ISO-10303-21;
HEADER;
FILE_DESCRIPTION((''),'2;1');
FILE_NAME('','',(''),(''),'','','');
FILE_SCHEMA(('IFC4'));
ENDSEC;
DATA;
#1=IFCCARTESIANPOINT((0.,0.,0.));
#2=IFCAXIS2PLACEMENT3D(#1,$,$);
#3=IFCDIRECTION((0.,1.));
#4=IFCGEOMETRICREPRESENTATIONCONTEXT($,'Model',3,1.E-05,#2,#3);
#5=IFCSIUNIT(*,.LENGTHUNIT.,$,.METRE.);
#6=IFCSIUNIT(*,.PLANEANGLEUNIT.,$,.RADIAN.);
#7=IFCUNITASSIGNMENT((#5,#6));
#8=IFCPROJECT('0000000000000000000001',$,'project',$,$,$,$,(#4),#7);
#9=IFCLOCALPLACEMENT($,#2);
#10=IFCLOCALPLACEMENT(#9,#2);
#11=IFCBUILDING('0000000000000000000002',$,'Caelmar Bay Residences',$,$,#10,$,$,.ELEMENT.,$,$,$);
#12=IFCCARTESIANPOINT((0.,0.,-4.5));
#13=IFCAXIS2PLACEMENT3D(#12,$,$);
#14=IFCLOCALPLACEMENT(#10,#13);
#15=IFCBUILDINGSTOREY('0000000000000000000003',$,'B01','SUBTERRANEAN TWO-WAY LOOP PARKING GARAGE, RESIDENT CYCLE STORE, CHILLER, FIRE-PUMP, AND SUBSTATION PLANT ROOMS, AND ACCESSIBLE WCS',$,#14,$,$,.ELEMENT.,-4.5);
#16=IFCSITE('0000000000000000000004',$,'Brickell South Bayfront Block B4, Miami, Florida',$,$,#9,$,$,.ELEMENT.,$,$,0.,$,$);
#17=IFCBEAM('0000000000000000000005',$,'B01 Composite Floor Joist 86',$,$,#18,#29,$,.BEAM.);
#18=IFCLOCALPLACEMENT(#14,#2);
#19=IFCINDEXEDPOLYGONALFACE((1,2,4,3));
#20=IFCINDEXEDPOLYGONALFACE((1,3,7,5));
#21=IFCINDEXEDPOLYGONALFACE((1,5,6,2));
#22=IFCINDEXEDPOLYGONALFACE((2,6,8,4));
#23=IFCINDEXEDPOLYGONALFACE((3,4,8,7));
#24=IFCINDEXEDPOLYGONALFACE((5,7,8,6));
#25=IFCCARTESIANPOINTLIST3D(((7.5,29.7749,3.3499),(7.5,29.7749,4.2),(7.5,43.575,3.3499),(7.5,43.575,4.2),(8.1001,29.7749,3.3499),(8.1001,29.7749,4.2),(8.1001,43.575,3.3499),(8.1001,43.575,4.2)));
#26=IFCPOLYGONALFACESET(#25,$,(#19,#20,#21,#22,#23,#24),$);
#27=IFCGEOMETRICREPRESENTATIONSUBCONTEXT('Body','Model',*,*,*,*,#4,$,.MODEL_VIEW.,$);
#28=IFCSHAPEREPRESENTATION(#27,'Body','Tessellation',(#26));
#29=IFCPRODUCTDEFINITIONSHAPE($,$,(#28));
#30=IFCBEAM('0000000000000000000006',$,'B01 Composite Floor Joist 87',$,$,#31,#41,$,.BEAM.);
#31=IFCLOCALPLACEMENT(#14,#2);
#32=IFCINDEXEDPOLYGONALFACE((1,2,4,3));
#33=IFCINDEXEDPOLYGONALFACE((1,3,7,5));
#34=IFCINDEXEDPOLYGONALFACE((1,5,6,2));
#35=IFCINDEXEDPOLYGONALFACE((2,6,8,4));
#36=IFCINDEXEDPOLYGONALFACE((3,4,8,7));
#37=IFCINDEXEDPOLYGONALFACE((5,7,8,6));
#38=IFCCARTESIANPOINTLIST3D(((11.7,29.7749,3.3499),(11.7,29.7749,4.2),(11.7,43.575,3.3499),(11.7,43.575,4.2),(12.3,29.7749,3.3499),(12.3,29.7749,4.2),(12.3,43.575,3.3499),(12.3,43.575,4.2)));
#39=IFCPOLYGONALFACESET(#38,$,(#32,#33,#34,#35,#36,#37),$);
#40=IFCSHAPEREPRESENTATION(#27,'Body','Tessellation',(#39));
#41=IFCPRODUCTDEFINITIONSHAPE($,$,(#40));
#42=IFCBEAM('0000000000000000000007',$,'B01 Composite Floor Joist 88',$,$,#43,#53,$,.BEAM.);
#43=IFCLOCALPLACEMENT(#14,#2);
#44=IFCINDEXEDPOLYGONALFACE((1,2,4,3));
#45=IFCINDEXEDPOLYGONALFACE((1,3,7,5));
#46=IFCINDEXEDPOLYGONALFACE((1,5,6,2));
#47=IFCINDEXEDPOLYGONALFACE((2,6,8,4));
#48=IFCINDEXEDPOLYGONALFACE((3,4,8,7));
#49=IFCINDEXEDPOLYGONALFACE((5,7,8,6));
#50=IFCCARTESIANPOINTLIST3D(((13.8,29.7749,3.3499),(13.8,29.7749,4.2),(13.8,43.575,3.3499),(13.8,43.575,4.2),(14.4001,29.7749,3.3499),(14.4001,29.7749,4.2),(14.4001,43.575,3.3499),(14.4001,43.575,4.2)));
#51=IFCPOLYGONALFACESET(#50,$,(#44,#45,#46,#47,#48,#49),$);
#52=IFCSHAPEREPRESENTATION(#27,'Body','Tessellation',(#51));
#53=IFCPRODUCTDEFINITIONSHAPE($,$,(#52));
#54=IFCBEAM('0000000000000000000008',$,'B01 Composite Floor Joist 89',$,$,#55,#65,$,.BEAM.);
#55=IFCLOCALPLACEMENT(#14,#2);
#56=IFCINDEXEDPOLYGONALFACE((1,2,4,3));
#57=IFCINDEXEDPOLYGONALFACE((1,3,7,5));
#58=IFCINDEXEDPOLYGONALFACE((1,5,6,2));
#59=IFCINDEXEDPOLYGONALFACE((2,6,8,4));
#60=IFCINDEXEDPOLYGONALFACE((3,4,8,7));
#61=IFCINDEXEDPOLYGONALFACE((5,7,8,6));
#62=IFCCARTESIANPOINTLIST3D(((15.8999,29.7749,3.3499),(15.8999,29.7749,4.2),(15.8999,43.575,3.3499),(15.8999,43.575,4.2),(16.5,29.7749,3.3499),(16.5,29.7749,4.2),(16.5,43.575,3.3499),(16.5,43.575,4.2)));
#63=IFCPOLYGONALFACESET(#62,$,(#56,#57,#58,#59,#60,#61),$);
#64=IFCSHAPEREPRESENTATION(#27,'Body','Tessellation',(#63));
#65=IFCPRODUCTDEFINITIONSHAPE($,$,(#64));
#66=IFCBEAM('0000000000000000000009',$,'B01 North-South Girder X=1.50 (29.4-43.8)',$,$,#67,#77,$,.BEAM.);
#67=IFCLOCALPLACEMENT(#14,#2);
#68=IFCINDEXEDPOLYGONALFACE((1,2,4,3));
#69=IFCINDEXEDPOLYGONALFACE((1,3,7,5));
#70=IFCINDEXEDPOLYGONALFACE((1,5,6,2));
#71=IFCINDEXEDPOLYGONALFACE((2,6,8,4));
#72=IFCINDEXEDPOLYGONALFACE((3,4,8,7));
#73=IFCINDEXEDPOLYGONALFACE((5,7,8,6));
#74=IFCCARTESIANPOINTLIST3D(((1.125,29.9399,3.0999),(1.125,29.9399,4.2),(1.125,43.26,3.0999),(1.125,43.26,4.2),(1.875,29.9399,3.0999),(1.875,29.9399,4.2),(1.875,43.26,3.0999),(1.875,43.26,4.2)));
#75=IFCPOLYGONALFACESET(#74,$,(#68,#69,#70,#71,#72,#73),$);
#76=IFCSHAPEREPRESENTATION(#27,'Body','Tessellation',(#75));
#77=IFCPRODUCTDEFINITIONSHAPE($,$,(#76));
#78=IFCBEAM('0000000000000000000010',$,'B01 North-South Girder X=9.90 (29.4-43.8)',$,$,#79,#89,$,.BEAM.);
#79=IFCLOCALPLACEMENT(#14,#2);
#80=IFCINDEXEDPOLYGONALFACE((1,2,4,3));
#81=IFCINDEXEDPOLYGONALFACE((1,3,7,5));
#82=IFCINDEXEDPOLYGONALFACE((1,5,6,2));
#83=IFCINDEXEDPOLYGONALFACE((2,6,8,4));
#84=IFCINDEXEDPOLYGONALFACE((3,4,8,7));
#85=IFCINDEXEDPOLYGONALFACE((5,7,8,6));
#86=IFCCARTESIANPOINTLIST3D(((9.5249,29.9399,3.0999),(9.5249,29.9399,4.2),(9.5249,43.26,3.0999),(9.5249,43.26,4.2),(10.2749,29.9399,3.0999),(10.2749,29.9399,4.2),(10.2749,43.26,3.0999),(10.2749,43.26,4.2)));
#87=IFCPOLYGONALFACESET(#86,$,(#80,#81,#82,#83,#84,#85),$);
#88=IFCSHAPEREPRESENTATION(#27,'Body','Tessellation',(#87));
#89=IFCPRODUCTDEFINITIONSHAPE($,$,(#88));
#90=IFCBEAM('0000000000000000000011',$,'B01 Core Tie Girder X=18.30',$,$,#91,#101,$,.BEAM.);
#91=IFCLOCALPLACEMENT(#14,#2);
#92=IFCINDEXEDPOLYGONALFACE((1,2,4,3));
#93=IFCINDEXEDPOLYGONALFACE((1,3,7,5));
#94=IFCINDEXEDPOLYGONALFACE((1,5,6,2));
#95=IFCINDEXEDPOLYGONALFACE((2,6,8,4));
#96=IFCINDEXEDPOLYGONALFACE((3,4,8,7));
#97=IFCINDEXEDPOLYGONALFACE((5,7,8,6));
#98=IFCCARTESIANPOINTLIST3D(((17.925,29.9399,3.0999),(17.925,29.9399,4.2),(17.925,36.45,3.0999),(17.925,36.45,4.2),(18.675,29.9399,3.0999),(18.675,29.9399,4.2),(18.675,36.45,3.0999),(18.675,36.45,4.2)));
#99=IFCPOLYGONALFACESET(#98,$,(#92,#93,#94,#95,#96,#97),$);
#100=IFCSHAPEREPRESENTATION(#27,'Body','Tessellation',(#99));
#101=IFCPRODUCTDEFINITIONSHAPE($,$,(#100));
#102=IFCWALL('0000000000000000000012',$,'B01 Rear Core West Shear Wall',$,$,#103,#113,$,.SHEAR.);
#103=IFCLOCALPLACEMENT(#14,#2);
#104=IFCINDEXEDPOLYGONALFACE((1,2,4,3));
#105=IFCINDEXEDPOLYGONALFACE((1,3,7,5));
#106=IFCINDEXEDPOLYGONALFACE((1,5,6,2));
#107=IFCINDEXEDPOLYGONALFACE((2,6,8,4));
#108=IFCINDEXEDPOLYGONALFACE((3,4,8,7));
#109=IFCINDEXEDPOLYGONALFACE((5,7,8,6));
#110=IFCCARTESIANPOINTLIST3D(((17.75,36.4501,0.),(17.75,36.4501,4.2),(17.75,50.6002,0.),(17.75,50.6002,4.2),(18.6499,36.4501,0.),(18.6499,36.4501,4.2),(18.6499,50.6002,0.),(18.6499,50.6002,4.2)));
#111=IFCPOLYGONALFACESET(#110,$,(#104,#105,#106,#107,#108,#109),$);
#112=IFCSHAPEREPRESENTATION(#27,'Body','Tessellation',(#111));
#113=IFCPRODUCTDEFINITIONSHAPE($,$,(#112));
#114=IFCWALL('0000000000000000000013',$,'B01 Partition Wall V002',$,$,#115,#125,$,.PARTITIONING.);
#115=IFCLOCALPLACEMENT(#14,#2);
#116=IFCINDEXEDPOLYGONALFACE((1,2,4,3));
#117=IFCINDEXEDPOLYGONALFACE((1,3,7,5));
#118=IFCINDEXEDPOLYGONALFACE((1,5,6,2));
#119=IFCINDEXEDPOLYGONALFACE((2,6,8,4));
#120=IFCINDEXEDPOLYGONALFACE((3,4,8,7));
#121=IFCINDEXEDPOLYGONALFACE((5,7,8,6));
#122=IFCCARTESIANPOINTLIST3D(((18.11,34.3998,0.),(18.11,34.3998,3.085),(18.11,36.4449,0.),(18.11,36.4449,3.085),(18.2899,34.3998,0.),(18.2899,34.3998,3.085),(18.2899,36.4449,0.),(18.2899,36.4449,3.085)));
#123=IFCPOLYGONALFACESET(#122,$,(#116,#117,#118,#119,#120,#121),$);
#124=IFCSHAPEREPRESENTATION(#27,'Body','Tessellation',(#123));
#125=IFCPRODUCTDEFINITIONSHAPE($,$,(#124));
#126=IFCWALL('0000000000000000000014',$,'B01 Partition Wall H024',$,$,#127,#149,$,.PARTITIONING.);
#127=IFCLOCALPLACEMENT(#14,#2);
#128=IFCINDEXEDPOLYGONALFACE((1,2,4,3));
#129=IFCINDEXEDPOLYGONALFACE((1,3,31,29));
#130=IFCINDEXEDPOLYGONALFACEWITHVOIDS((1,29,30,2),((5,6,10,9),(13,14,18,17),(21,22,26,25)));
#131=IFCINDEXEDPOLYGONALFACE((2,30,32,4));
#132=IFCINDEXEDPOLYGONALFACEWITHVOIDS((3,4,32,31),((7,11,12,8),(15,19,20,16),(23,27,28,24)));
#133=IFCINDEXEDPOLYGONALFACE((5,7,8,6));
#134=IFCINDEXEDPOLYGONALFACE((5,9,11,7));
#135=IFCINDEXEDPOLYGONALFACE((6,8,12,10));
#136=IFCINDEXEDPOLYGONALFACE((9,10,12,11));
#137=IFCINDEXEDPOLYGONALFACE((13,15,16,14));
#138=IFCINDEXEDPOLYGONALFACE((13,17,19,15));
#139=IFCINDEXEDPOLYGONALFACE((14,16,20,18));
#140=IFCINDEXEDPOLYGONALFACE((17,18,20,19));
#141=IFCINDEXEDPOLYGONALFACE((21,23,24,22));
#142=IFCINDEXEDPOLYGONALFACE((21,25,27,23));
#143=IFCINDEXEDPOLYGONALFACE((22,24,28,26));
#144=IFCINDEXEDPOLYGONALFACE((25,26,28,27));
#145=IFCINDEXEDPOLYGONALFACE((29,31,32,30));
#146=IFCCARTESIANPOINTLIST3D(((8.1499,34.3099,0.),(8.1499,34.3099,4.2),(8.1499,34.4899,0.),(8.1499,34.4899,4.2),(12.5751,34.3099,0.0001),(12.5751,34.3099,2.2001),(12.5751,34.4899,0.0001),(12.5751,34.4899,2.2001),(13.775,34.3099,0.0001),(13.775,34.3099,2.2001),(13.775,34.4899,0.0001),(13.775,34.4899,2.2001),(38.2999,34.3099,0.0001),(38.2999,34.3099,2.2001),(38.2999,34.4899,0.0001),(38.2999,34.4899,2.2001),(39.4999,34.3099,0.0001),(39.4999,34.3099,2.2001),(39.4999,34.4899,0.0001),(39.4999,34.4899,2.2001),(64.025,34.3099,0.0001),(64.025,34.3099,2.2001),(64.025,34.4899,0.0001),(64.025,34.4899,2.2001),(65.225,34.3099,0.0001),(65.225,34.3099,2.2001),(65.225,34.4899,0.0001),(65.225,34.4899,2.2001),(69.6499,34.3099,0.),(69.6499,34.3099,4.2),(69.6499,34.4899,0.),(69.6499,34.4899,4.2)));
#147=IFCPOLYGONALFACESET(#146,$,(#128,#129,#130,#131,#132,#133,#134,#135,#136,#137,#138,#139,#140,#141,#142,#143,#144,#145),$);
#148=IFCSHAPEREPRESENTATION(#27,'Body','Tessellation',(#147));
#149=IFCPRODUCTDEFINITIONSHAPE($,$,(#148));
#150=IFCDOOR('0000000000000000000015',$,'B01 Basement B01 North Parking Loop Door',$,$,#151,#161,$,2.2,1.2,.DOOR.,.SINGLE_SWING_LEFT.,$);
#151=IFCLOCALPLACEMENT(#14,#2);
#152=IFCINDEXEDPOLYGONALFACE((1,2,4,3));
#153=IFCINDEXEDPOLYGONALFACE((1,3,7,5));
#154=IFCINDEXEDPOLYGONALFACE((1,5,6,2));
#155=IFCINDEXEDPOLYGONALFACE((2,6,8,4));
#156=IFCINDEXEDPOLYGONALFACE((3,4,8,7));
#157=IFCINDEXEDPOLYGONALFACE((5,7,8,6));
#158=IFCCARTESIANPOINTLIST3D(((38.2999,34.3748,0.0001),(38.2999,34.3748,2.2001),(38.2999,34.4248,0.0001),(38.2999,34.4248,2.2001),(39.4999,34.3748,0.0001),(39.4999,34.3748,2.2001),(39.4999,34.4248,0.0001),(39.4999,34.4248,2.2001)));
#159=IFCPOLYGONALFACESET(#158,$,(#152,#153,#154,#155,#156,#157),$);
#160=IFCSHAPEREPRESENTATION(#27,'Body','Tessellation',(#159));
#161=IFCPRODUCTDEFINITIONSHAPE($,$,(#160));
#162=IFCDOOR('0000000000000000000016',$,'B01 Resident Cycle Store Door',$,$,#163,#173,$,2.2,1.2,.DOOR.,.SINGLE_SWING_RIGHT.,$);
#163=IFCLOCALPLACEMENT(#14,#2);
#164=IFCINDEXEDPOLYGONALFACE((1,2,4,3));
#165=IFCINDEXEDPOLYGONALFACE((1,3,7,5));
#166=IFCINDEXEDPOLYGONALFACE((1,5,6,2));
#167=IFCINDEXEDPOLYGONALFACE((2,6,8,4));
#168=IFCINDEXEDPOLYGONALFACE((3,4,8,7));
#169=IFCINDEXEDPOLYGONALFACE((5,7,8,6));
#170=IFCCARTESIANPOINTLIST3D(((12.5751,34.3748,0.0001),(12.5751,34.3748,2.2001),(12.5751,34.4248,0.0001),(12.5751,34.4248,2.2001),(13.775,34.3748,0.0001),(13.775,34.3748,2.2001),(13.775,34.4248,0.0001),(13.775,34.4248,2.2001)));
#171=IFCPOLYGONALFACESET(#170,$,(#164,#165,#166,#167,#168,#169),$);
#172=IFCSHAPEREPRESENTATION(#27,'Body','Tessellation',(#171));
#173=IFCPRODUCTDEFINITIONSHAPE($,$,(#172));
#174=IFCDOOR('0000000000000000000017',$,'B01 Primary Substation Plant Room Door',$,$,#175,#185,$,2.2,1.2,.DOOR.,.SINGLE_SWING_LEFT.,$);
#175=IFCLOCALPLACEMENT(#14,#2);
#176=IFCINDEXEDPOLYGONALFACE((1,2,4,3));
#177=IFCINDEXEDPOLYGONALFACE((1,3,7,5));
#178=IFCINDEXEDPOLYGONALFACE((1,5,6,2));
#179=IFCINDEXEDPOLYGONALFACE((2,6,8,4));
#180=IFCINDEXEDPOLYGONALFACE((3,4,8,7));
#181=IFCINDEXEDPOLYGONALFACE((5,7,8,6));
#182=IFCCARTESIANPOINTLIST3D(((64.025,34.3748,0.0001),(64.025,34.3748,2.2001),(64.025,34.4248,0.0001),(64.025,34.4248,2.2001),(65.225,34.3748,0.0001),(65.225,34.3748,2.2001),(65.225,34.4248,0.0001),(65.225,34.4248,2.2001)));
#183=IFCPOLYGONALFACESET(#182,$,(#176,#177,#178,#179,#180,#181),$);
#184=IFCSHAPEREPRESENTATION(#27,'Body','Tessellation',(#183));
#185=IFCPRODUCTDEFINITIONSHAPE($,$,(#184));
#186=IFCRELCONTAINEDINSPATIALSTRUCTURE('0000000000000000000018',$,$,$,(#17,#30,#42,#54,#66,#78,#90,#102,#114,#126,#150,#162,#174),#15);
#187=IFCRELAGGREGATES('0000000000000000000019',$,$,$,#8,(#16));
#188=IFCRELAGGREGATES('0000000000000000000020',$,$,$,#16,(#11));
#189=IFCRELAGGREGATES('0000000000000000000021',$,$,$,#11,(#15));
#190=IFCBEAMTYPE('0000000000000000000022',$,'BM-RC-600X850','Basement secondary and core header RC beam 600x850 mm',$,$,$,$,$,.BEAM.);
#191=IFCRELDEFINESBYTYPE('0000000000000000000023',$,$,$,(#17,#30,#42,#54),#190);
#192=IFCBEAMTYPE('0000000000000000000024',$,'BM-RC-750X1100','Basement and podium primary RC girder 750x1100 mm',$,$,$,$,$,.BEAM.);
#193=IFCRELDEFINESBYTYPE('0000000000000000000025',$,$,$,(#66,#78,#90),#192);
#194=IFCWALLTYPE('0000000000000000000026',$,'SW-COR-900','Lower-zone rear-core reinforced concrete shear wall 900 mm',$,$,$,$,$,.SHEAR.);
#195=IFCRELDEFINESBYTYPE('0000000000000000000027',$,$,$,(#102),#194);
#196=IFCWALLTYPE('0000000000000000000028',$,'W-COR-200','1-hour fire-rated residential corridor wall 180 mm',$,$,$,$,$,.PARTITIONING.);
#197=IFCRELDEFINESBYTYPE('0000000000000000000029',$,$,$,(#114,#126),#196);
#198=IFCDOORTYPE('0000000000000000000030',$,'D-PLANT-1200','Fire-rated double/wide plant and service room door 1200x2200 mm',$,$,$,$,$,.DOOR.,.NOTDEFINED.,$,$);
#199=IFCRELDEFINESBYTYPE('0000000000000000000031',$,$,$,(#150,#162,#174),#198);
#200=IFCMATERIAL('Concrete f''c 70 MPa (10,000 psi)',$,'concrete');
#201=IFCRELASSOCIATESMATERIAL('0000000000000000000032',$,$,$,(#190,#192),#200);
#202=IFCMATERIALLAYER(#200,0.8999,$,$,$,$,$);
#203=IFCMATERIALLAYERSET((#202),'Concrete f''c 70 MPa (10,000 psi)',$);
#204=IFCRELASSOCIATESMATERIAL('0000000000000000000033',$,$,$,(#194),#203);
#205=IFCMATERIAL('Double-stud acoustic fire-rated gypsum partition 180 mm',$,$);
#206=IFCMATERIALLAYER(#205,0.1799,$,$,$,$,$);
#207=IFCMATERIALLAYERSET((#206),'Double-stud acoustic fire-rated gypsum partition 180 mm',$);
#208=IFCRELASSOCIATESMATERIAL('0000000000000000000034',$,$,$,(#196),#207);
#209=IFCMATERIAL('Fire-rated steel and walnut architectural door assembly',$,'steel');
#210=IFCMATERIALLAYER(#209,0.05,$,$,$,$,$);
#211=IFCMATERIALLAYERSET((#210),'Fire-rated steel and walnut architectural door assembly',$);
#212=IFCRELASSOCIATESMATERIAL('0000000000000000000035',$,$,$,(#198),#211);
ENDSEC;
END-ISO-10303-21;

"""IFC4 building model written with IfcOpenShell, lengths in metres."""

from ifc_helpers import new_model, si_unit, direction, frame, frame_2d, origin, origin_2d, place, context, subcontext, project, spatial, rectangle, extrude, material, layer, layer_set, material_profile, profile_set, type_object, element, fill, save


model = new_model("IFC4")

# Units and contexts
model_context = context("Model", 3, precision=1e-05, world=origin(), true_north=direction((0.0, 1.0)))
body_context = subcontext(model_context, "Body", "Model", "MODEL_VIEW")
ifc_project = project(units=[si_unit("LENGTHUNIT", "METRE"), si_unit("PLANEANGLEUNIT", "RADIAN")], contexts=[model_context])

# Site, building, storey
site_placement = place(None, origin())
site = spatial("IfcSite", under=ifc_project, at=site_placement, Name="Brickell South Bayfront Block B4, Miami, Florida", CompositionType="ELEMENT", RefElevation=0.0)
building_placement = place(site_placement, origin())
building = spatial("IfcBuilding", under=site, at=building_placement, Name="Caelmar Bay Residences", CompositionType="ELEMENT")
storey_placement = place(building_placement, frame((0.0, 0.0, -4.5)))
storey = spatial("IfcBuildingStorey", under=building, at=storey_placement, Name="B01", Description="SUBTERRANEAN TWO-WAY LOOP PARKING GARAGE, RESIDENT CYCLE STORE, CHILLER, FIRE-PUMP, AND SUBSTATION PLANT ROOMS, AND ACCESSIBLE WCS", CompositionType="ELEMENT", Elevation=-4.5)

# Beams
ifc_material_1 = material(Name="Concrete f'c 70 MPa (10,000 psi)", Category="concrete")
ifc_material_profile_1 = material_profile(ifc_material_1, rectangle(XDim=0.6001, YDim=0.8501, at=origin_2d()), Name="RC-BM-600X850")
ifc_profile_set_1 = profile_set([ifc_material_profile_1], Name="Concrete f'c 70 MPa (10,000 psi)")
beam_type_1 = type_object("IfcBeamType", Name="BM-RC-600X850", Description="Basement secondary and core header RC beam 600x850 mm", PredefinedType="BEAM", material=ifc_profile_set_1)
for number, where, z_axis, x_axis, name in (
    (1, (7.8, 29.7749, 3.7749), (0.0, 1.0, 0.0), (-1.0, 0.0, 0.0), "B01 Composite Floor Joist 86"),
    (2, (12.0, 29.7749, 3.7749), (0.0, 1.0, 0.0), (-1.0, 0.0, 0.0), "B01 Composite Floor Joist 87"),
    (3, (14.1001, 29.7749, 3.7749), (0.0, 1.0, 0.0), (-1.0, 0.0, 0.0), "B01 Composite Floor Joist 88"),
    (4, (16.2, 29.7749, 3.7749), (0.0, 1.0, 0.0), (-1.0, 0.0, 0.0), "B01 Composite Floor Joist 89"),
):
    element("IfcBeam", number, at=place(storey_placement, frame(where, z_axis=z_axis, x_axis=x_axis)), inside=storey, type_object=beam_type_1, Name=name, PredefinedType="BEAM", context=body_context, shape_type="SweptSolid", body=[
        extrude(rectangle(XDim=0.6001, YDim=0.8501, at=origin_2d()), origin(), (0.0, 0.0, 1.0), 13.8),
    ])
ifc_material_profile_2 = material_profile(ifc_material_1, rectangle(XDim=0.75, YDim=1.1001, at=origin_2d()), Name="RC-BM-750X1100")
ifc_profile_set_2 = profile_set([ifc_material_profile_2], Name="Concrete f'c 70 MPa (10,000 psi)")
beam_type_2 = type_object("IfcBeamType", Name="BM-RC-750X1100", Description="Basement and podium primary RC girder 750x1100 mm", PredefinedType="BEAM", material=ifc_profile_set_2)
for number, where, z_axis, x_axis, name in (
    (5, (1.5, 29.9399, 3.6499), (0.0, 1.0, 0.0), (-1.0, 0.0, 0.0), "B01 North-South Girder X=1.50 (29.4-43.8)"),
    (6, (9.8999, 29.9399, 3.6499), (0.0, 1.0, 0.0), (-1.0, 0.0, 0.0), "B01 North-South Girder X=9.90 (29.4-43.8)"),
):
    element("IfcBeam", number, at=place(storey_placement, frame(where, z_axis=z_axis, x_axis=x_axis)), inside=storey, type_object=beam_type_2, Name=name, PredefinedType="BEAM", context=body_context, shape_type="SweptSolid", body=[
        extrude(rectangle(XDim=0.75, YDim=1.1001, at=origin_2d()), origin(), (0.0, 0.0, 1.0), 13.3201),
    ])
beam_placement = place(storey_placement, frame((18.3, 29.9399, 3.6499), z_axis=(0.0, 1.0, 0.0), x_axis=(-1.0, 0.0, 0.0)))
element("IfcBeam", 7, at=beam_placement, inside=storey, type_object=beam_type_2, Name="B01 Core Tie Girder X=18.30", PredefinedType="BEAM", context=body_context, shape_type="SweptSolid", body=[
    extrude(rectangle(XDim=0.75, YDim=1.1001, at=origin_2d()), origin(), (0.0, 0.0, 1.0), 6.51),
])

# Shared definitions
ifc_layer_1 = layer(ifc_material_1, 0.8999)
ifc_layer_set_1 = layer_set([ifc_layer_1], Name="Concrete f'c 70 MPa (10,000 psi)")
wall_type_1 = type_object("IfcWallType", Name="SW-COR-900", Description="Lower-zone rear-core reinforced concrete shear wall 900 mm", PredefinedType="SHEAR", material=ifc_layer_set_1)
ifc_material_2 = material(Name="Fire-rated steel and walnut architectural door assembly", Category="steel")

# Walls
wall_1_placement = place(storey_placement, frame((18.2, 36.45, 0.0), z_axis=(0.0, 0.0, 1.0), x_axis=(0.0, 1.0, 0.0)))
element("IfcWall", 8, at=wall_1_placement, inside=storey, type_object=wall_type_1, Name="B01 Rear Core West Shear Wall", PredefinedType="SHEAR", context=body_context, shape_type="SweptSolid", body=[
    extrude(rectangle(XDim=14.1501, YDim=0.8999, at=frame_2d((7.0752, 0.0))), origin(), (0.0, 0.0, 1.0), 4.2),
])
ifc_material_3 = material(Name="Double-stud acoustic fire-rated gypsum partition 180 mm")
ifc_layer_2 = layer(ifc_material_3, 0.1799)
ifc_layer_set_2 = layer_set([ifc_layer_2], Name="Double-stud acoustic fire-rated gypsum partition 180 mm")
wall_type_2 = type_object("IfcWallType", Name="W-COR-200", Description="1-hour fire-rated residential corridor wall 180 mm", PredefinedType="PARTITIONING", material=ifc_layer_set_2)
wall_2_placement = place(storey_placement, frame((18.2, 34.3999, 0.0), z_axis=(0.0, 0.0, 1.0), x_axis=(0.0, 1.0, 0.0)))
element("IfcWall", 9, at=wall_2_placement, inside=storey, type_object=wall_type_2, Name="B01 Partition Wall V002", PredefinedType="PARTITIONING", context=body_context, shape_type="SweptSolid", body=[
    extrude(rectangle(XDim=2.0452, YDim=0.1799, at=frame_2d((1.0225, 0.0))), origin(), (0.0, 0.0, 1.0), 3.085),
])

# Wall, openings, doors
wall_3_placement = place(storey_placement, frame((8.1499, 34.3999, 0.0), z_axis=(0.0, 0.0, 1.0), x_axis=(1.0, 0.0, 0.0)))
wall_3 = element("IfcWall", 10, at=wall_3_placement, inside=storey, type_object=wall_type_2, Name="B01 Partition Wall H024", PredefinedType="PARTITIONING", context=body_context, shape_type="SweptSolid", body=[
    extrude(rectangle(XDim=61.5, YDim=0.1799, at=frame_2d((30.75, 0.0))), origin(), (0.0, 0.0, 1.0), 4.2),
])
opening_1_placement = place(wall_3_placement, frame((30.1499, 0.0, 0.0)))
opening_1 = element("IfcOpeningElement", 11, at=opening_1_placement, cuts=wall_3, PredefinedType="OPENING", context=body_context, shape_type="SweptSolid", body=[
    extrude(rectangle(XDim=1.2, YDim=2.2, at=frame_2d((0.6001, 1.1001))), frame((0.0, 0.0999, 0.0), z_axis=(0.0, -1.0, 0.0), x_axis=(1.0, 0.0, 0.0)), (0.0, 0.0, 1.0), 0.2),
])
opening_2_placement = place(wall_3_placement, frame((4.425, 0.0, 0.0)))
opening_2 = element("IfcOpeningElement", 12, at=opening_2_placement, cuts=wall_3, PredefinedType="OPENING", context=body_context, shape_type="SweptSolid", body=[
    extrude(rectangle(XDim=1.2, YDim=2.2, at=frame_2d((0.6001, 1.1001))), frame((0.0, 0.0999, 0.0), z_axis=(0.0, -1.0, 0.0), x_axis=(1.0, 0.0, 0.0)), (0.0, 0.0, 1.0), 0.2),
])
opening_3_placement = place(wall_3_placement, frame((55.875, 0.0, 0.0)))
opening_3 = element("IfcOpeningElement", 13, at=opening_3_placement, cuts=wall_3, PredefinedType="OPENING", context=body_context, shape_type="SweptSolid", body=[
    extrude(rectangle(XDim=1.2, YDim=2.2, at=frame_2d((0.6001, 1.1001))), frame((0.0, 0.0999, 0.0), z_axis=(0.0, -1.0, 0.0), x_axis=(1.0, 0.0, 0.0)), (0.0, 0.0, 1.0), 0.2),
])
ifc_layer_3 = layer(ifc_material_2, 0.05)
ifc_layer_set_3 = layer_set([ifc_layer_3], Name="Fire-rated steel and walnut architectural door assembly")
door_type_1 = type_object("IfcDoorType", Name="D-PLANT-1200", Description="Fire-rated double/wide plant and service room door 1200x2200 mm", OperationType="NOTDEFINED", PredefinedType="DOOR", material=ifc_layer_set_3)
door_1_placement = place(opening_1_placement, origin())
door_1 = element("IfcDoor", 14, at=door_1_placement, inside=storey, type_object=door_type_1, Name="B01 Basement B01 North Parking Loop Door", OperationType="SINGLE_SWING_LEFT", OverallHeight=2.2, OverallWidth=1.2, PredefinedType="DOOR", context=body_context, shape_type="SweptSolid", body=[
    extrude(rectangle(XDim=1.2, YDim=2.2, at=frame_2d((0.6001, 1.1001))), frame((0.0, 0.0249, 0.0), z_axis=(0.0, -1.0, 0.0), x_axis=(1.0, 0.0, 0.0)), (0.0, 0.0, 1.0), 0.05),
])
fill(opening_1, door_1)
door_2_placement = place(opening_2_placement, origin())
door_2 = element("IfcDoor", 15, at=door_2_placement, inside=storey, type_object=door_type_1, Name="B01 Resident Cycle Store Door", OperationType="SINGLE_SWING_RIGHT", OverallHeight=2.2, OverallWidth=1.2, PredefinedType="DOOR", context=body_context, shape_type="SweptSolid", body=[
    extrude(rectangle(XDim=1.2, YDim=2.2, at=frame_2d((0.6001, 1.1001))), frame((0.0, 0.0249, 0.0), z_axis=(0.0, -1.0, 0.0), x_axis=(1.0, 0.0, 0.0)), (0.0, 0.0, 1.0), 0.05),
])
fill(opening_2, door_2)
door_3_placement = place(opening_3_placement, origin())
door_3 = element("IfcDoor", 16, at=door_3_placement, inside=storey, type_object=door_type_1, Name="B01 Primary Substation Plant Room Door", OperationType="SINGLE_SWING_LEFT", OverallHeight=2.2, OverallWidth=1.2, PredefinedType="DOOR", context=body_context, shape_type="SweptSolid", body=[
    extrude(rectangle(XDim=1.2, YDim=2.2, at=frame_2d((0.6001, 1.1001))), frame((0.0, 0.0249, 0.0), z_axis=(0.0, -1.0, 0.0), x_axis=(1.0, 0.0, 0.0)), (0.0, 0.0, 1.0), 0.05),
])
fill(opening_3, door_3)

save(model, "model.ifc")
